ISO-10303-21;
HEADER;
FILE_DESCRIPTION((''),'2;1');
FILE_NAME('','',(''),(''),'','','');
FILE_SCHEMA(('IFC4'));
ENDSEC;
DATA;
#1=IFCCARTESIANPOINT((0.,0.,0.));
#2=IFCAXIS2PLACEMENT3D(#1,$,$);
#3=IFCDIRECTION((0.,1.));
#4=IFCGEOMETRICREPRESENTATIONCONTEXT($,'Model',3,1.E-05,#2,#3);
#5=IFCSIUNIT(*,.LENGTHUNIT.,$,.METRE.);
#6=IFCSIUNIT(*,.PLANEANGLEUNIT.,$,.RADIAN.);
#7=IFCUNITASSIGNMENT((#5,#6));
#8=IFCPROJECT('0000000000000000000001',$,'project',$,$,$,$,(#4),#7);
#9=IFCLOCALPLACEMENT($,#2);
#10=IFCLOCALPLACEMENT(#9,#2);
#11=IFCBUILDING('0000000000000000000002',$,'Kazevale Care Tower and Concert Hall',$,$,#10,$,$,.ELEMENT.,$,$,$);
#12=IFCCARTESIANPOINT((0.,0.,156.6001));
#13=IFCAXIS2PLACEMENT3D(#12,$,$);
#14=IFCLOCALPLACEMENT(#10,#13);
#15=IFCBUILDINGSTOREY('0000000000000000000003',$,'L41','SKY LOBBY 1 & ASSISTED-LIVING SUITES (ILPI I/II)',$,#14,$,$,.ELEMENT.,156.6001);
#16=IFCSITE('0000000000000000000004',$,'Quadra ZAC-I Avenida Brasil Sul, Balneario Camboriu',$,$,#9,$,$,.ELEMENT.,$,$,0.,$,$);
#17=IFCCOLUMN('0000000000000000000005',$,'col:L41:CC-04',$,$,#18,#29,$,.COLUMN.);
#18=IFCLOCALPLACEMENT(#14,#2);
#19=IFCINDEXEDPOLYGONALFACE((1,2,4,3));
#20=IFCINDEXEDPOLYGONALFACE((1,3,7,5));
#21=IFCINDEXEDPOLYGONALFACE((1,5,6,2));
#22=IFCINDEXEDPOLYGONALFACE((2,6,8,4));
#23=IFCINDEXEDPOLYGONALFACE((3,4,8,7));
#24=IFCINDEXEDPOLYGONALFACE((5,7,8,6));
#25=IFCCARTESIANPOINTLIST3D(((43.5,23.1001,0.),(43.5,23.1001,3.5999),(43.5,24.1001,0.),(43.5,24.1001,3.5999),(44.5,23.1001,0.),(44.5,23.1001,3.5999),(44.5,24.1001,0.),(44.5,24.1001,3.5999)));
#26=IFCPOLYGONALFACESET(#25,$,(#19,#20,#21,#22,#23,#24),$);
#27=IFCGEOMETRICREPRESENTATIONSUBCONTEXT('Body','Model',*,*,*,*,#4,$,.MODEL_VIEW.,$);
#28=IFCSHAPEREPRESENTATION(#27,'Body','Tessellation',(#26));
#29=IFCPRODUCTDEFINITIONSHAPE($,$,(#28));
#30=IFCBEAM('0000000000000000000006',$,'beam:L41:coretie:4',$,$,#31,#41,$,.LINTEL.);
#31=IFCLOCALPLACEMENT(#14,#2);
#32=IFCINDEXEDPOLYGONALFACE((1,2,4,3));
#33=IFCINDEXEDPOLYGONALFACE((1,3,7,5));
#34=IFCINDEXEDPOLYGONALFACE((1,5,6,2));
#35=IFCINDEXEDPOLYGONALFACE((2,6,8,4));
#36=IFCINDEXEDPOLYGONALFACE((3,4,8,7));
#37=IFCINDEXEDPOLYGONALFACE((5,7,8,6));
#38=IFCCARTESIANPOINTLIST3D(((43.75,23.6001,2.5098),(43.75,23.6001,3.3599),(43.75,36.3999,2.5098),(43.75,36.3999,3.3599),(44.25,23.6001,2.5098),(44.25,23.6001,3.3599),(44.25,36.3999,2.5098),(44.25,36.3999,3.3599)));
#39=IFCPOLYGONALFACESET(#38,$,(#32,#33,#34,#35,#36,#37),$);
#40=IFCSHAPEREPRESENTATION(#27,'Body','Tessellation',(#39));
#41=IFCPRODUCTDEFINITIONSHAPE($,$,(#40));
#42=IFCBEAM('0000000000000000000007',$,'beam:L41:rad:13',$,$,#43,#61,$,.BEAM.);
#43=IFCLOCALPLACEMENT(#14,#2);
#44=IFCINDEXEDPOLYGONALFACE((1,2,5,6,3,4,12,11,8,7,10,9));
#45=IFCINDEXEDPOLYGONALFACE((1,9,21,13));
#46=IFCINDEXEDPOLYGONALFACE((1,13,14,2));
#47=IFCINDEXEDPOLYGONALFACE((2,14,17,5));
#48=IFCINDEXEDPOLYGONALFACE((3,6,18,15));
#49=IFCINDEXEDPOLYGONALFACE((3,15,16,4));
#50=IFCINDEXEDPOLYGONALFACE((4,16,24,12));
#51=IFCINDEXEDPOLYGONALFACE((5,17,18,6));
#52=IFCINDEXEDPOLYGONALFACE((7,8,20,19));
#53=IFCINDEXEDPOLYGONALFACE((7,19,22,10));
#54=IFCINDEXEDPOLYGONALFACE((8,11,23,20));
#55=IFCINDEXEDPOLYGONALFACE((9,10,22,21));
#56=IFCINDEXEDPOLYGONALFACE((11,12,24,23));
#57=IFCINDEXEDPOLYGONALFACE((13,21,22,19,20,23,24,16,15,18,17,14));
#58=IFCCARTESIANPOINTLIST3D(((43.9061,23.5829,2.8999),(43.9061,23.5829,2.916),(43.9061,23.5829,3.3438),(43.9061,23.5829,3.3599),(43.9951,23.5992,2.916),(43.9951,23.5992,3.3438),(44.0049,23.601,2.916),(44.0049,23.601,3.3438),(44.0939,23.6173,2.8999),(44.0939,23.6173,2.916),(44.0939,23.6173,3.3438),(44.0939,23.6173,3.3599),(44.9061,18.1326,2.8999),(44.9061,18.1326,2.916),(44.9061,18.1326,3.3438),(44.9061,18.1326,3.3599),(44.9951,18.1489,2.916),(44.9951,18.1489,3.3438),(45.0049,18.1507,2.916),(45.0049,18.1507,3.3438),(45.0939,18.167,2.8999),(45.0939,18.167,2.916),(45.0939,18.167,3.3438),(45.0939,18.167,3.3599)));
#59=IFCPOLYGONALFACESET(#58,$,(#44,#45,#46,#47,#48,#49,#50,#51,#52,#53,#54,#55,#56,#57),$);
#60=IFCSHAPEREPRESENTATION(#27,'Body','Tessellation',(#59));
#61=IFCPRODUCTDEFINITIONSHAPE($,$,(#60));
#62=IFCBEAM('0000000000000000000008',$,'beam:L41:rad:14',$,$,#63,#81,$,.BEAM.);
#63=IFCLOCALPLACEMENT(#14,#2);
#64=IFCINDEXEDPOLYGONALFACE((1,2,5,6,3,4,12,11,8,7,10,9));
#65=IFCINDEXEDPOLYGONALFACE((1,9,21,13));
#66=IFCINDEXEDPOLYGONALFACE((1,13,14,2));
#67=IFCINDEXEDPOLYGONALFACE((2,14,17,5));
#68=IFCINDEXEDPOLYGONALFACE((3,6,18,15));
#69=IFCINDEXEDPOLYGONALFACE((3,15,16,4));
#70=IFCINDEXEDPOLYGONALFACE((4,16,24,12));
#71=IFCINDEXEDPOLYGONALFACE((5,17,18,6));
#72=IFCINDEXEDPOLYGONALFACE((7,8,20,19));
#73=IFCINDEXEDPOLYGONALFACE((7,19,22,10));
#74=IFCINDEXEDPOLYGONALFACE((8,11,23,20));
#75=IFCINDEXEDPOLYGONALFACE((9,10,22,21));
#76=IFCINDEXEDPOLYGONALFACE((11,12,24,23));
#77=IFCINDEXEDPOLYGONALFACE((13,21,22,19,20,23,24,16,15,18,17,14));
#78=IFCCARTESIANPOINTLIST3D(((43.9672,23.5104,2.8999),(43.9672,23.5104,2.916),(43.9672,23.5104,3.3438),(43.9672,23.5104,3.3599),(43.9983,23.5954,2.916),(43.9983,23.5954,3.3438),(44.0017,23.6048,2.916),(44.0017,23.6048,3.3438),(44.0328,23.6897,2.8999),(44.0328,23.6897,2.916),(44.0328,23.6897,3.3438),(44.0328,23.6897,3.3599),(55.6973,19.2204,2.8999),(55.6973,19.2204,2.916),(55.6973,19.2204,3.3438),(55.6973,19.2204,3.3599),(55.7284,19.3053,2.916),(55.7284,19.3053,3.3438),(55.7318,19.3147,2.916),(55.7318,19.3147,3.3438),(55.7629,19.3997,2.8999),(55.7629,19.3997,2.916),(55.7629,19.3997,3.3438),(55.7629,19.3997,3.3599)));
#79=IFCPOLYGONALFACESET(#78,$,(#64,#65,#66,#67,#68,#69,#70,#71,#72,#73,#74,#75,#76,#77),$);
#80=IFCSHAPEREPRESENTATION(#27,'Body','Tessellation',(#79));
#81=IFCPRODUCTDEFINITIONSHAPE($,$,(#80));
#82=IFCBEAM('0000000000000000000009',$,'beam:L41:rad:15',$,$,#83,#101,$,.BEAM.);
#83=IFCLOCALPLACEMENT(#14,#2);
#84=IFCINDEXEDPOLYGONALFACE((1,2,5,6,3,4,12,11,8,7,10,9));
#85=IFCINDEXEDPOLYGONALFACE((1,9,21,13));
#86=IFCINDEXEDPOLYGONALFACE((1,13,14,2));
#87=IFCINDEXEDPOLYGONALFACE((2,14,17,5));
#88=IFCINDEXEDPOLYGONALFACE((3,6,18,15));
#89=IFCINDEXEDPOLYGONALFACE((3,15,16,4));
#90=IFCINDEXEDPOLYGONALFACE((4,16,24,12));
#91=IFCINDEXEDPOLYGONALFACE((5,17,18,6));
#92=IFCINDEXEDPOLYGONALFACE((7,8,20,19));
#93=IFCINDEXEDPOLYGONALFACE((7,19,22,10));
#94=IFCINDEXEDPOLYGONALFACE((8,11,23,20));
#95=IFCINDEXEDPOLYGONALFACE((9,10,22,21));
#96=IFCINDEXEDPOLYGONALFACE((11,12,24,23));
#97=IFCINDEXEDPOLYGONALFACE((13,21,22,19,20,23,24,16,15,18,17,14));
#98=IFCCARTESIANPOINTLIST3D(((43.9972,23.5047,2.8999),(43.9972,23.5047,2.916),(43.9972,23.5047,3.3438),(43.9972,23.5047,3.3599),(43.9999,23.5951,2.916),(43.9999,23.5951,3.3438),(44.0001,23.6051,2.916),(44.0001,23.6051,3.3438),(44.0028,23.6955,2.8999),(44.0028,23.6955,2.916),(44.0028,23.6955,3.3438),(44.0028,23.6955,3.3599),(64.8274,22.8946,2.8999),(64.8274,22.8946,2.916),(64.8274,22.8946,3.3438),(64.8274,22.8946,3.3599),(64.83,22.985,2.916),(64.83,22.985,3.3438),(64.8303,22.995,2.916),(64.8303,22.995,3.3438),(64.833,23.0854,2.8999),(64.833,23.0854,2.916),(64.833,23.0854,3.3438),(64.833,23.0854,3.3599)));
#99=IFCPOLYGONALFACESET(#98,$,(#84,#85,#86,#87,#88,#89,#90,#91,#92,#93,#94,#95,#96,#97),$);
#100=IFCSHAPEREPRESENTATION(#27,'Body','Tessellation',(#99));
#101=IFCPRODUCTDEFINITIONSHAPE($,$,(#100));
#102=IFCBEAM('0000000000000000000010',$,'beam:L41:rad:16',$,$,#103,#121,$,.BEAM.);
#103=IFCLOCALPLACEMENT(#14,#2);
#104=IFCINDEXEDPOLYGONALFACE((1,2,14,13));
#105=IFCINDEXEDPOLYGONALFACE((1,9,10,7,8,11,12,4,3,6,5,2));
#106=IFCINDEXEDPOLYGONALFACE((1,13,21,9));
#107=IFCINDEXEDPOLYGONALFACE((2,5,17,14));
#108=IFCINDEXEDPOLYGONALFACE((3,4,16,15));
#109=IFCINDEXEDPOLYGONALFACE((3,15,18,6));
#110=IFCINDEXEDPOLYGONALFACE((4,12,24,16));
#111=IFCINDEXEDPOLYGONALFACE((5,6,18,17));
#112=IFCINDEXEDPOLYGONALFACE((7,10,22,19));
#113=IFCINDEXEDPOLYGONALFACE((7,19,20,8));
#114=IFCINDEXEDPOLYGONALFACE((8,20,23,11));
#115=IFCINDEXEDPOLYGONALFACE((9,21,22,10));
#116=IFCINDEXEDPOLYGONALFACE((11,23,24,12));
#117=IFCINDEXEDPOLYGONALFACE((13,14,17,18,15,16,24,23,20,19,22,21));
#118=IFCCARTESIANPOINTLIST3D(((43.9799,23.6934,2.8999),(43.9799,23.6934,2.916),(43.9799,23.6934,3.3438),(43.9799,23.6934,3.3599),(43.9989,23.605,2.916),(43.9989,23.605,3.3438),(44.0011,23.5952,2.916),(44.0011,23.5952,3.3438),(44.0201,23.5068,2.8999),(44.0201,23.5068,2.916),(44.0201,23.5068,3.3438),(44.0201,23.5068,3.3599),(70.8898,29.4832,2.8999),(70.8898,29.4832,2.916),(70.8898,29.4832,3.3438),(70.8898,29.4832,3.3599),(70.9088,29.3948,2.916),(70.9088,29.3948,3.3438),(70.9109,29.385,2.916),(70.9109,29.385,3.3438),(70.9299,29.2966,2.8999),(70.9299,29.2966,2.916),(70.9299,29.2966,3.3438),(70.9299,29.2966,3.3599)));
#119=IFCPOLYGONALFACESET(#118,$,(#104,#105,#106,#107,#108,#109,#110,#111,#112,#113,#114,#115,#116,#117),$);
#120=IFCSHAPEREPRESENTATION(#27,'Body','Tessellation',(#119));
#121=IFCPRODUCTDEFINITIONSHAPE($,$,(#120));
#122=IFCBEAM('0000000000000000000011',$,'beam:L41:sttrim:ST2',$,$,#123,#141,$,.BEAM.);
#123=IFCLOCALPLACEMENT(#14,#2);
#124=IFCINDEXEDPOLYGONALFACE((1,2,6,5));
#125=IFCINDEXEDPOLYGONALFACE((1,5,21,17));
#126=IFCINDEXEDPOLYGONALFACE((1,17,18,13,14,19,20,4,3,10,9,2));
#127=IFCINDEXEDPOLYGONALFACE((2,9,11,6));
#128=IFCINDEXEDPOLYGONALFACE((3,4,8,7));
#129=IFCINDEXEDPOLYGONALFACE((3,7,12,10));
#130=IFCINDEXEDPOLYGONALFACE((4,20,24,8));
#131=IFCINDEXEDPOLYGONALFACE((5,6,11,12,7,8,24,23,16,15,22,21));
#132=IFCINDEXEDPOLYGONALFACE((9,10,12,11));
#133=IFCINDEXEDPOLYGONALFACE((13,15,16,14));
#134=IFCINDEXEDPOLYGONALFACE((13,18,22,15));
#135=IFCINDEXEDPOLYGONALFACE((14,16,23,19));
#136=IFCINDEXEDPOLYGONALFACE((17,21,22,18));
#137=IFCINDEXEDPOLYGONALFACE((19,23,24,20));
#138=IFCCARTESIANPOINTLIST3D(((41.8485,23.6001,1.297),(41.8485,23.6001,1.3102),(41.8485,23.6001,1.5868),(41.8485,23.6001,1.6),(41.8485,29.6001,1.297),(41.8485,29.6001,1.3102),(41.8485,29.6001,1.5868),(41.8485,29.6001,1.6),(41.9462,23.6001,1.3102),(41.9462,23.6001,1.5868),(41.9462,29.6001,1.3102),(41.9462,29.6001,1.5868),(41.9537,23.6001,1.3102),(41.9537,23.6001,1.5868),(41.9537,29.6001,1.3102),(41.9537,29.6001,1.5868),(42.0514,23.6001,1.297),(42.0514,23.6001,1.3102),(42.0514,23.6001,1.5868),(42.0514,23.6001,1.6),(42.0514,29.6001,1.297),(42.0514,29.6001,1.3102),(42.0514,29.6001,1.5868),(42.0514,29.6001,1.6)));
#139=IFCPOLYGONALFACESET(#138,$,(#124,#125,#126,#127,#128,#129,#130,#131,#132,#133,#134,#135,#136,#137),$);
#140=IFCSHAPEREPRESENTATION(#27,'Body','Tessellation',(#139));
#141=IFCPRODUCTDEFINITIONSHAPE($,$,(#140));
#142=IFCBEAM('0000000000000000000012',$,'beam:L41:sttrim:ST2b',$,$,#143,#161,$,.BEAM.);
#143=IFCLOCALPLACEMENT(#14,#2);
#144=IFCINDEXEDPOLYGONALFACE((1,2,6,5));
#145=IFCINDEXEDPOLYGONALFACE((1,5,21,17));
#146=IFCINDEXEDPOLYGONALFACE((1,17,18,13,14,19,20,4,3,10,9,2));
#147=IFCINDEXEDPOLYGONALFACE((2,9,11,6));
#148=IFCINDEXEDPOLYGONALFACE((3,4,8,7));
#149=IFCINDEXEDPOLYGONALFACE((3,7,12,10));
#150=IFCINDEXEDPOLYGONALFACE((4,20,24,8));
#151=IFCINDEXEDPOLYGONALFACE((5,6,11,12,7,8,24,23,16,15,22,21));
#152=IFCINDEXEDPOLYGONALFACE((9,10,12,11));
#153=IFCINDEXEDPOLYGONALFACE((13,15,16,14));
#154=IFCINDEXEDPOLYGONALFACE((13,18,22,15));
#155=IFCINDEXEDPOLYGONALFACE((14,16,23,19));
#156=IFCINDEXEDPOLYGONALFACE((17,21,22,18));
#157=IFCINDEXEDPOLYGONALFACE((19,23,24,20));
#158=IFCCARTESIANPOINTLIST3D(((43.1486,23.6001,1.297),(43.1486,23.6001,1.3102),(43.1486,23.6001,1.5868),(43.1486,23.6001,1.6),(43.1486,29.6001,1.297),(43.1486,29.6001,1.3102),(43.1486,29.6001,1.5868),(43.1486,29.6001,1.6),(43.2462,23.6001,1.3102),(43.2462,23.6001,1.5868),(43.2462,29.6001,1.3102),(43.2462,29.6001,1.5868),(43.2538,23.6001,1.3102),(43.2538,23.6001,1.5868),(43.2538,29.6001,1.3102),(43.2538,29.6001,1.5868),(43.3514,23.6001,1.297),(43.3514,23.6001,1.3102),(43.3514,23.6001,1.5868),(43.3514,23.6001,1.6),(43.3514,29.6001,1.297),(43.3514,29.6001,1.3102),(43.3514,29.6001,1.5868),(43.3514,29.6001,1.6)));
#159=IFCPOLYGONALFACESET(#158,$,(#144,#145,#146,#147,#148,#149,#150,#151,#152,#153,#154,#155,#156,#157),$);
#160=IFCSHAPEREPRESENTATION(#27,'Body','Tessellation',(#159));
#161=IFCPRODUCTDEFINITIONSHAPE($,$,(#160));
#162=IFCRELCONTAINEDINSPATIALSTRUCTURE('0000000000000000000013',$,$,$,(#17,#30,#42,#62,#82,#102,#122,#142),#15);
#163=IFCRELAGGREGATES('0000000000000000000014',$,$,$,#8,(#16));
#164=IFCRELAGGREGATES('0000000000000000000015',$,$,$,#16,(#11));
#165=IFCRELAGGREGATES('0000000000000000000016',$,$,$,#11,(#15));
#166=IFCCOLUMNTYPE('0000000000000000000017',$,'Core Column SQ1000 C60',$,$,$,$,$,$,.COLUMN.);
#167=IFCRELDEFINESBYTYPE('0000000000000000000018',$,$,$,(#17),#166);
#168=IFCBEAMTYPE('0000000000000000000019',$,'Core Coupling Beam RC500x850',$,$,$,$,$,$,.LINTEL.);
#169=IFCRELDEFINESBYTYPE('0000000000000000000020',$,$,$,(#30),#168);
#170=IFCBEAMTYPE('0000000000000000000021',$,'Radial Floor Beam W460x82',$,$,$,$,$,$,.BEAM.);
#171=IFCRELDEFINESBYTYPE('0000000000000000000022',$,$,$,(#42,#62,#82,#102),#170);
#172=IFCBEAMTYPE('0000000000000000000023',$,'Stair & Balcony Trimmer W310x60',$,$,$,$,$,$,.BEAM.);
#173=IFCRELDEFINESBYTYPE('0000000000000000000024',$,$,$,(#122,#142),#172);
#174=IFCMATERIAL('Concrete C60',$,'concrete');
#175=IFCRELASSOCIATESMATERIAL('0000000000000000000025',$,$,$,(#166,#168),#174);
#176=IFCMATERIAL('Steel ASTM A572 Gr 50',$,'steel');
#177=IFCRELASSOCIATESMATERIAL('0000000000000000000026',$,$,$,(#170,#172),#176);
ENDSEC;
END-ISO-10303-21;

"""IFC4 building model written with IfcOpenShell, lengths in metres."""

from ifc_helpers import new_model, si_unit, direction, frame, origin, origin_2d, place, context, subcontext, project, spatial, rectangle, i_section, extrude, material, material_profile, profile_set, type_object, element, save


model = new_model("IFC4")

# Units and contexts
model_context = context("Model", 3, precision=1e-05, world=origin(), true_north=direction((0.0, 1.0)))
body_context = subcontext(model_context, "Body", "Model", "MODEL_VIEW")
ifc_project = project(units=[si_unit("LENGTHUNIT", "METRE"), si_unit("PLANEANGLEUNIT", "RADIAN")], contexts=[model_context])

# Site, building, storey
site_placement = place(None, origin())
site = spatial("IfcSite", under=ifc_project, at=site_placement, Name="Quadra ZAC-I Avenida Brasil Sul, Balneario Camboriu", CompositionType="ELEMENT", RefElevation=0.0)
building_placement = place(site_placement, origin())
building = spatial("IfcBuilding", under=site, at=building_placement, Name="Kazevale Care Tower and Concert Hall", CompositionType="ELEMENT")
storey_placement = place(building_placement, frame((0.0, 0.0, 156.6001)))
storey = spatial("IfcBuildingStorey", under=building, at=storey_placement, Name="L41", Description="SKY LOBBY 1 & ASSISTED-LIVING SUITES (ILPI I/II)", CompositionType="ELEMENT", Elevation=156.6001)

# Column
ifc_material_1 = material(Name="Concrete C60", Category="concrete")
ifc_material_profile_1 = material_profile(ifc_material_1, rectangle(XDim=1.0, YDim=1.0, at=origin_2d()), Name="RC-SQ1000")
ifc_profile_set_1 = profile_set([ifc_material_profile_1], Name="Concrete C60")
column_type = type_object("IfcColumnType", Name="Core Column SQ1000 C60", PredefinedType="COLUMN", material=ifc_profile_set_1)
column_placement = place(storey_placement, frame((44.0, 23.6001, 0.0), z_axis=(0.0, 0.0, 1.0), x_axis=(1.0, 0.0, 0.0)))
element("IfcColumn", 1, at=column_placement, inside=storey, type_object=column_type, Name="col:L41:CC-04", PredefinedType="COLUMN", context=body_context, shape_type="SweptSolid", body=[
    extrude(rectangle(XDim=1.0, YDim=1.0, at=origin_2d()), origin(), (0.0, 0.0, 1.0), 3.5999),
])

# Beams
ifc_material_profile_2 = material_profile(ifc_material_1, rectangle(XDim=0.5, YDim=0.8501, at=origin_2d()), Name="RC-B500x850")
ifc_profile_set_2 = profile_set([ifc_material_profile_2], Name="Concrete C60")
beam_type_1 = type_object("IfcBeamType", Name="Core Coupling Beam RC500x850", PredefinedType="LINTEL", material=ifc_profile_set_2)
beam_1_placement = place(storey_placement, frame((44.0, 23.6001, 2.9348), z_axis=(0.0, 1.0, 0.0), x_axis=(-1.0, 0.0, 0.0)))
element("IfcBeam", 2, at=beam_1_placement, inside=storey, type_object=beam_type_1, Name="beam:L41:coretie:4", PredefinedType="LINTEL", context=body_context, shape_type="SweptSolid", body=[
    extrude(rectangle(XDim=0.5, YDim=0.8501, at=origin_2d()), origin(), (0.0, 0.0, 1.0), 12.7998),
])
ifc_material_2 = material(Name="Steel ASTM A572 Gr 50", Category="steel")
ifc_material_profile_3 = material_profile(ifc_material_2, i_section(OverallWidth=0.1909, OverallDepth=0.46, WebThickness=0.01, FlangeThickness=0.0161, at=origin_2d()), Name="W460x82")
ifc_profile_set_3 = profile_set([ifc_material_profile_3], Name="Steel ASTM A572 Gr 50")
beam_type_2 = type_object("IfcBeamType", Name="Radial Floor Beam W460x82", PredefinedType="BEAM", material=ifc_profile_set_3)
beam_2_placement = place(storey_placement, frame((44.0, 23.6001, 3.1299), z_axis=(0.180467, -0.983581, 0.0), x_axis=(0.983581, 0.180467, 0.0)))
element("IfcBeam", 3, at=beam_2_placement, inside=storey, type_object=beam_type_2, Name="beam:L41:rad:13", PredefinedType="BEAM", context=body_context, shape_type="SweptSolid", body=[
    extrude(i_section(OverallWidth=0.1909, OverallDepth=0.46, WebThickness=0.01, FlangeThickness=0.0161, at=origin_2d()), origin(), (0.0, 0.0, 1.0), 5.5413),
])
beam_3_placement = place(storey_placement, frame((44.0, 23.6001, 3.1299), z_axis=(0.939159, -0.343481, 0.0), x_axis=(0.343481, 0.939159, 0.0)))
element("IfcBeam", 4, at=beam_3_placement, inside=storey, type_object=beam_type_2, Name="beam:L41:rad:14", PredefinedType="BEAM", context=body_context, shape_type="SweptSolid", body=[
    extrude(i_section(OverallWidth=0.1909, OverallDepth=0.46, WebThickness=0.01, FlangeThickness=0.0161, at=origin_2d()), origin(), (0.0, 0.0, 1.0), 12.49),
])
beam_4_placement = place(storey_placement, frame((44.0, 23.6001, 3.1299), z_axis=(0.999571, -0.029277, 0.0), x_axis=(0.029277, 0.999571, 0.0)))
element("IfcBeam", 5, at=beam_4_placement, inside=storey, type_object=beam_type_2, Name="beam:L41:rad:15", PredefinedType="BEAM", context=body_context, shape_type="SweptSolid", body=[
    extrude(i_section(OverallWidth=0.1909, OverallDepth=0.46, WebThickness=0.01, FlangeThickness=0.0161, at=origin_2d()), origin(), (0.0, 0.0, 1.0), 20.8391),
])
beam_5_placement = place(storey_placement, frame((44.0, 23.6001, 3.1299), z_axis=(0.977628, 0.210341, 0.0), x_axis=(-0.210341, 0.977628, 0.0)))
element("IfcBeam", 6, at=beam_5_placement, inside=storey, type_object=beam_type_2, Name="beam:L41:rad:16", PredefinedType="BEAM", context=body_context, shape_type="SweptSolid", body=[
    extrude(i_section(OverallWidth=0.1909, OverallDepth=0.46, WebThickness=0.01, FlangeThickness=0.0161, at=origin_2d()), origin(), (0.0, 0.0, 1.0), 27.5256),
])
ifc_material_profile_4 = material_profile(ifc_material_2, i_section(OverallWidth=0.2029, OverallDepth=0.303, WebThickness=0.0076, FlangeThickness=0.0132, at=origin_2d()), Name="W310x60")
ifc_profile_set_4 = profile_set([ifc_material_profile_4], Name="Steel ASTM A572 Gr 50")
beam_type_3 = type_object("IfcBeamType", Name="Stair & Balcony Trimmer W310x60", PredefinedType="BEAM", material=ifc_profile_set_4)
for number, where, z_axis, x_axis, name in (
    (7, (41.95, 23.6001, 1.4485), (0.0, 1.0, 0.0), (-1.0, 0.0, 0.0), "beam:L41:sttrim:ST2"),
    (8, (43.25, 23.6001, 1.4485), (0.0, 1.0, 0.0), (-1.0, 0.0, 0.0), "beam:L41:sttrim:ST2b"),
):
    element("IfcBeam", number, at=place(storey_placement, frame(where, z_axis=z_axis, x_axis=x_axis)), inside=storey, type_object=beam_type_3, Name=name, PredefinedType="BEAM", context=body_context, shape_type="SweptSolid", body=[
        extrude(i_section(OverallWidth=0.2029, OverallDepth=0.303, WebThickness=0.0076, FlangeThickness=0.0132, at=origin_2d()), origin(), (0.0, 0.0, 1.0), 6.0),
    ])

save(model, "model.ifc")
